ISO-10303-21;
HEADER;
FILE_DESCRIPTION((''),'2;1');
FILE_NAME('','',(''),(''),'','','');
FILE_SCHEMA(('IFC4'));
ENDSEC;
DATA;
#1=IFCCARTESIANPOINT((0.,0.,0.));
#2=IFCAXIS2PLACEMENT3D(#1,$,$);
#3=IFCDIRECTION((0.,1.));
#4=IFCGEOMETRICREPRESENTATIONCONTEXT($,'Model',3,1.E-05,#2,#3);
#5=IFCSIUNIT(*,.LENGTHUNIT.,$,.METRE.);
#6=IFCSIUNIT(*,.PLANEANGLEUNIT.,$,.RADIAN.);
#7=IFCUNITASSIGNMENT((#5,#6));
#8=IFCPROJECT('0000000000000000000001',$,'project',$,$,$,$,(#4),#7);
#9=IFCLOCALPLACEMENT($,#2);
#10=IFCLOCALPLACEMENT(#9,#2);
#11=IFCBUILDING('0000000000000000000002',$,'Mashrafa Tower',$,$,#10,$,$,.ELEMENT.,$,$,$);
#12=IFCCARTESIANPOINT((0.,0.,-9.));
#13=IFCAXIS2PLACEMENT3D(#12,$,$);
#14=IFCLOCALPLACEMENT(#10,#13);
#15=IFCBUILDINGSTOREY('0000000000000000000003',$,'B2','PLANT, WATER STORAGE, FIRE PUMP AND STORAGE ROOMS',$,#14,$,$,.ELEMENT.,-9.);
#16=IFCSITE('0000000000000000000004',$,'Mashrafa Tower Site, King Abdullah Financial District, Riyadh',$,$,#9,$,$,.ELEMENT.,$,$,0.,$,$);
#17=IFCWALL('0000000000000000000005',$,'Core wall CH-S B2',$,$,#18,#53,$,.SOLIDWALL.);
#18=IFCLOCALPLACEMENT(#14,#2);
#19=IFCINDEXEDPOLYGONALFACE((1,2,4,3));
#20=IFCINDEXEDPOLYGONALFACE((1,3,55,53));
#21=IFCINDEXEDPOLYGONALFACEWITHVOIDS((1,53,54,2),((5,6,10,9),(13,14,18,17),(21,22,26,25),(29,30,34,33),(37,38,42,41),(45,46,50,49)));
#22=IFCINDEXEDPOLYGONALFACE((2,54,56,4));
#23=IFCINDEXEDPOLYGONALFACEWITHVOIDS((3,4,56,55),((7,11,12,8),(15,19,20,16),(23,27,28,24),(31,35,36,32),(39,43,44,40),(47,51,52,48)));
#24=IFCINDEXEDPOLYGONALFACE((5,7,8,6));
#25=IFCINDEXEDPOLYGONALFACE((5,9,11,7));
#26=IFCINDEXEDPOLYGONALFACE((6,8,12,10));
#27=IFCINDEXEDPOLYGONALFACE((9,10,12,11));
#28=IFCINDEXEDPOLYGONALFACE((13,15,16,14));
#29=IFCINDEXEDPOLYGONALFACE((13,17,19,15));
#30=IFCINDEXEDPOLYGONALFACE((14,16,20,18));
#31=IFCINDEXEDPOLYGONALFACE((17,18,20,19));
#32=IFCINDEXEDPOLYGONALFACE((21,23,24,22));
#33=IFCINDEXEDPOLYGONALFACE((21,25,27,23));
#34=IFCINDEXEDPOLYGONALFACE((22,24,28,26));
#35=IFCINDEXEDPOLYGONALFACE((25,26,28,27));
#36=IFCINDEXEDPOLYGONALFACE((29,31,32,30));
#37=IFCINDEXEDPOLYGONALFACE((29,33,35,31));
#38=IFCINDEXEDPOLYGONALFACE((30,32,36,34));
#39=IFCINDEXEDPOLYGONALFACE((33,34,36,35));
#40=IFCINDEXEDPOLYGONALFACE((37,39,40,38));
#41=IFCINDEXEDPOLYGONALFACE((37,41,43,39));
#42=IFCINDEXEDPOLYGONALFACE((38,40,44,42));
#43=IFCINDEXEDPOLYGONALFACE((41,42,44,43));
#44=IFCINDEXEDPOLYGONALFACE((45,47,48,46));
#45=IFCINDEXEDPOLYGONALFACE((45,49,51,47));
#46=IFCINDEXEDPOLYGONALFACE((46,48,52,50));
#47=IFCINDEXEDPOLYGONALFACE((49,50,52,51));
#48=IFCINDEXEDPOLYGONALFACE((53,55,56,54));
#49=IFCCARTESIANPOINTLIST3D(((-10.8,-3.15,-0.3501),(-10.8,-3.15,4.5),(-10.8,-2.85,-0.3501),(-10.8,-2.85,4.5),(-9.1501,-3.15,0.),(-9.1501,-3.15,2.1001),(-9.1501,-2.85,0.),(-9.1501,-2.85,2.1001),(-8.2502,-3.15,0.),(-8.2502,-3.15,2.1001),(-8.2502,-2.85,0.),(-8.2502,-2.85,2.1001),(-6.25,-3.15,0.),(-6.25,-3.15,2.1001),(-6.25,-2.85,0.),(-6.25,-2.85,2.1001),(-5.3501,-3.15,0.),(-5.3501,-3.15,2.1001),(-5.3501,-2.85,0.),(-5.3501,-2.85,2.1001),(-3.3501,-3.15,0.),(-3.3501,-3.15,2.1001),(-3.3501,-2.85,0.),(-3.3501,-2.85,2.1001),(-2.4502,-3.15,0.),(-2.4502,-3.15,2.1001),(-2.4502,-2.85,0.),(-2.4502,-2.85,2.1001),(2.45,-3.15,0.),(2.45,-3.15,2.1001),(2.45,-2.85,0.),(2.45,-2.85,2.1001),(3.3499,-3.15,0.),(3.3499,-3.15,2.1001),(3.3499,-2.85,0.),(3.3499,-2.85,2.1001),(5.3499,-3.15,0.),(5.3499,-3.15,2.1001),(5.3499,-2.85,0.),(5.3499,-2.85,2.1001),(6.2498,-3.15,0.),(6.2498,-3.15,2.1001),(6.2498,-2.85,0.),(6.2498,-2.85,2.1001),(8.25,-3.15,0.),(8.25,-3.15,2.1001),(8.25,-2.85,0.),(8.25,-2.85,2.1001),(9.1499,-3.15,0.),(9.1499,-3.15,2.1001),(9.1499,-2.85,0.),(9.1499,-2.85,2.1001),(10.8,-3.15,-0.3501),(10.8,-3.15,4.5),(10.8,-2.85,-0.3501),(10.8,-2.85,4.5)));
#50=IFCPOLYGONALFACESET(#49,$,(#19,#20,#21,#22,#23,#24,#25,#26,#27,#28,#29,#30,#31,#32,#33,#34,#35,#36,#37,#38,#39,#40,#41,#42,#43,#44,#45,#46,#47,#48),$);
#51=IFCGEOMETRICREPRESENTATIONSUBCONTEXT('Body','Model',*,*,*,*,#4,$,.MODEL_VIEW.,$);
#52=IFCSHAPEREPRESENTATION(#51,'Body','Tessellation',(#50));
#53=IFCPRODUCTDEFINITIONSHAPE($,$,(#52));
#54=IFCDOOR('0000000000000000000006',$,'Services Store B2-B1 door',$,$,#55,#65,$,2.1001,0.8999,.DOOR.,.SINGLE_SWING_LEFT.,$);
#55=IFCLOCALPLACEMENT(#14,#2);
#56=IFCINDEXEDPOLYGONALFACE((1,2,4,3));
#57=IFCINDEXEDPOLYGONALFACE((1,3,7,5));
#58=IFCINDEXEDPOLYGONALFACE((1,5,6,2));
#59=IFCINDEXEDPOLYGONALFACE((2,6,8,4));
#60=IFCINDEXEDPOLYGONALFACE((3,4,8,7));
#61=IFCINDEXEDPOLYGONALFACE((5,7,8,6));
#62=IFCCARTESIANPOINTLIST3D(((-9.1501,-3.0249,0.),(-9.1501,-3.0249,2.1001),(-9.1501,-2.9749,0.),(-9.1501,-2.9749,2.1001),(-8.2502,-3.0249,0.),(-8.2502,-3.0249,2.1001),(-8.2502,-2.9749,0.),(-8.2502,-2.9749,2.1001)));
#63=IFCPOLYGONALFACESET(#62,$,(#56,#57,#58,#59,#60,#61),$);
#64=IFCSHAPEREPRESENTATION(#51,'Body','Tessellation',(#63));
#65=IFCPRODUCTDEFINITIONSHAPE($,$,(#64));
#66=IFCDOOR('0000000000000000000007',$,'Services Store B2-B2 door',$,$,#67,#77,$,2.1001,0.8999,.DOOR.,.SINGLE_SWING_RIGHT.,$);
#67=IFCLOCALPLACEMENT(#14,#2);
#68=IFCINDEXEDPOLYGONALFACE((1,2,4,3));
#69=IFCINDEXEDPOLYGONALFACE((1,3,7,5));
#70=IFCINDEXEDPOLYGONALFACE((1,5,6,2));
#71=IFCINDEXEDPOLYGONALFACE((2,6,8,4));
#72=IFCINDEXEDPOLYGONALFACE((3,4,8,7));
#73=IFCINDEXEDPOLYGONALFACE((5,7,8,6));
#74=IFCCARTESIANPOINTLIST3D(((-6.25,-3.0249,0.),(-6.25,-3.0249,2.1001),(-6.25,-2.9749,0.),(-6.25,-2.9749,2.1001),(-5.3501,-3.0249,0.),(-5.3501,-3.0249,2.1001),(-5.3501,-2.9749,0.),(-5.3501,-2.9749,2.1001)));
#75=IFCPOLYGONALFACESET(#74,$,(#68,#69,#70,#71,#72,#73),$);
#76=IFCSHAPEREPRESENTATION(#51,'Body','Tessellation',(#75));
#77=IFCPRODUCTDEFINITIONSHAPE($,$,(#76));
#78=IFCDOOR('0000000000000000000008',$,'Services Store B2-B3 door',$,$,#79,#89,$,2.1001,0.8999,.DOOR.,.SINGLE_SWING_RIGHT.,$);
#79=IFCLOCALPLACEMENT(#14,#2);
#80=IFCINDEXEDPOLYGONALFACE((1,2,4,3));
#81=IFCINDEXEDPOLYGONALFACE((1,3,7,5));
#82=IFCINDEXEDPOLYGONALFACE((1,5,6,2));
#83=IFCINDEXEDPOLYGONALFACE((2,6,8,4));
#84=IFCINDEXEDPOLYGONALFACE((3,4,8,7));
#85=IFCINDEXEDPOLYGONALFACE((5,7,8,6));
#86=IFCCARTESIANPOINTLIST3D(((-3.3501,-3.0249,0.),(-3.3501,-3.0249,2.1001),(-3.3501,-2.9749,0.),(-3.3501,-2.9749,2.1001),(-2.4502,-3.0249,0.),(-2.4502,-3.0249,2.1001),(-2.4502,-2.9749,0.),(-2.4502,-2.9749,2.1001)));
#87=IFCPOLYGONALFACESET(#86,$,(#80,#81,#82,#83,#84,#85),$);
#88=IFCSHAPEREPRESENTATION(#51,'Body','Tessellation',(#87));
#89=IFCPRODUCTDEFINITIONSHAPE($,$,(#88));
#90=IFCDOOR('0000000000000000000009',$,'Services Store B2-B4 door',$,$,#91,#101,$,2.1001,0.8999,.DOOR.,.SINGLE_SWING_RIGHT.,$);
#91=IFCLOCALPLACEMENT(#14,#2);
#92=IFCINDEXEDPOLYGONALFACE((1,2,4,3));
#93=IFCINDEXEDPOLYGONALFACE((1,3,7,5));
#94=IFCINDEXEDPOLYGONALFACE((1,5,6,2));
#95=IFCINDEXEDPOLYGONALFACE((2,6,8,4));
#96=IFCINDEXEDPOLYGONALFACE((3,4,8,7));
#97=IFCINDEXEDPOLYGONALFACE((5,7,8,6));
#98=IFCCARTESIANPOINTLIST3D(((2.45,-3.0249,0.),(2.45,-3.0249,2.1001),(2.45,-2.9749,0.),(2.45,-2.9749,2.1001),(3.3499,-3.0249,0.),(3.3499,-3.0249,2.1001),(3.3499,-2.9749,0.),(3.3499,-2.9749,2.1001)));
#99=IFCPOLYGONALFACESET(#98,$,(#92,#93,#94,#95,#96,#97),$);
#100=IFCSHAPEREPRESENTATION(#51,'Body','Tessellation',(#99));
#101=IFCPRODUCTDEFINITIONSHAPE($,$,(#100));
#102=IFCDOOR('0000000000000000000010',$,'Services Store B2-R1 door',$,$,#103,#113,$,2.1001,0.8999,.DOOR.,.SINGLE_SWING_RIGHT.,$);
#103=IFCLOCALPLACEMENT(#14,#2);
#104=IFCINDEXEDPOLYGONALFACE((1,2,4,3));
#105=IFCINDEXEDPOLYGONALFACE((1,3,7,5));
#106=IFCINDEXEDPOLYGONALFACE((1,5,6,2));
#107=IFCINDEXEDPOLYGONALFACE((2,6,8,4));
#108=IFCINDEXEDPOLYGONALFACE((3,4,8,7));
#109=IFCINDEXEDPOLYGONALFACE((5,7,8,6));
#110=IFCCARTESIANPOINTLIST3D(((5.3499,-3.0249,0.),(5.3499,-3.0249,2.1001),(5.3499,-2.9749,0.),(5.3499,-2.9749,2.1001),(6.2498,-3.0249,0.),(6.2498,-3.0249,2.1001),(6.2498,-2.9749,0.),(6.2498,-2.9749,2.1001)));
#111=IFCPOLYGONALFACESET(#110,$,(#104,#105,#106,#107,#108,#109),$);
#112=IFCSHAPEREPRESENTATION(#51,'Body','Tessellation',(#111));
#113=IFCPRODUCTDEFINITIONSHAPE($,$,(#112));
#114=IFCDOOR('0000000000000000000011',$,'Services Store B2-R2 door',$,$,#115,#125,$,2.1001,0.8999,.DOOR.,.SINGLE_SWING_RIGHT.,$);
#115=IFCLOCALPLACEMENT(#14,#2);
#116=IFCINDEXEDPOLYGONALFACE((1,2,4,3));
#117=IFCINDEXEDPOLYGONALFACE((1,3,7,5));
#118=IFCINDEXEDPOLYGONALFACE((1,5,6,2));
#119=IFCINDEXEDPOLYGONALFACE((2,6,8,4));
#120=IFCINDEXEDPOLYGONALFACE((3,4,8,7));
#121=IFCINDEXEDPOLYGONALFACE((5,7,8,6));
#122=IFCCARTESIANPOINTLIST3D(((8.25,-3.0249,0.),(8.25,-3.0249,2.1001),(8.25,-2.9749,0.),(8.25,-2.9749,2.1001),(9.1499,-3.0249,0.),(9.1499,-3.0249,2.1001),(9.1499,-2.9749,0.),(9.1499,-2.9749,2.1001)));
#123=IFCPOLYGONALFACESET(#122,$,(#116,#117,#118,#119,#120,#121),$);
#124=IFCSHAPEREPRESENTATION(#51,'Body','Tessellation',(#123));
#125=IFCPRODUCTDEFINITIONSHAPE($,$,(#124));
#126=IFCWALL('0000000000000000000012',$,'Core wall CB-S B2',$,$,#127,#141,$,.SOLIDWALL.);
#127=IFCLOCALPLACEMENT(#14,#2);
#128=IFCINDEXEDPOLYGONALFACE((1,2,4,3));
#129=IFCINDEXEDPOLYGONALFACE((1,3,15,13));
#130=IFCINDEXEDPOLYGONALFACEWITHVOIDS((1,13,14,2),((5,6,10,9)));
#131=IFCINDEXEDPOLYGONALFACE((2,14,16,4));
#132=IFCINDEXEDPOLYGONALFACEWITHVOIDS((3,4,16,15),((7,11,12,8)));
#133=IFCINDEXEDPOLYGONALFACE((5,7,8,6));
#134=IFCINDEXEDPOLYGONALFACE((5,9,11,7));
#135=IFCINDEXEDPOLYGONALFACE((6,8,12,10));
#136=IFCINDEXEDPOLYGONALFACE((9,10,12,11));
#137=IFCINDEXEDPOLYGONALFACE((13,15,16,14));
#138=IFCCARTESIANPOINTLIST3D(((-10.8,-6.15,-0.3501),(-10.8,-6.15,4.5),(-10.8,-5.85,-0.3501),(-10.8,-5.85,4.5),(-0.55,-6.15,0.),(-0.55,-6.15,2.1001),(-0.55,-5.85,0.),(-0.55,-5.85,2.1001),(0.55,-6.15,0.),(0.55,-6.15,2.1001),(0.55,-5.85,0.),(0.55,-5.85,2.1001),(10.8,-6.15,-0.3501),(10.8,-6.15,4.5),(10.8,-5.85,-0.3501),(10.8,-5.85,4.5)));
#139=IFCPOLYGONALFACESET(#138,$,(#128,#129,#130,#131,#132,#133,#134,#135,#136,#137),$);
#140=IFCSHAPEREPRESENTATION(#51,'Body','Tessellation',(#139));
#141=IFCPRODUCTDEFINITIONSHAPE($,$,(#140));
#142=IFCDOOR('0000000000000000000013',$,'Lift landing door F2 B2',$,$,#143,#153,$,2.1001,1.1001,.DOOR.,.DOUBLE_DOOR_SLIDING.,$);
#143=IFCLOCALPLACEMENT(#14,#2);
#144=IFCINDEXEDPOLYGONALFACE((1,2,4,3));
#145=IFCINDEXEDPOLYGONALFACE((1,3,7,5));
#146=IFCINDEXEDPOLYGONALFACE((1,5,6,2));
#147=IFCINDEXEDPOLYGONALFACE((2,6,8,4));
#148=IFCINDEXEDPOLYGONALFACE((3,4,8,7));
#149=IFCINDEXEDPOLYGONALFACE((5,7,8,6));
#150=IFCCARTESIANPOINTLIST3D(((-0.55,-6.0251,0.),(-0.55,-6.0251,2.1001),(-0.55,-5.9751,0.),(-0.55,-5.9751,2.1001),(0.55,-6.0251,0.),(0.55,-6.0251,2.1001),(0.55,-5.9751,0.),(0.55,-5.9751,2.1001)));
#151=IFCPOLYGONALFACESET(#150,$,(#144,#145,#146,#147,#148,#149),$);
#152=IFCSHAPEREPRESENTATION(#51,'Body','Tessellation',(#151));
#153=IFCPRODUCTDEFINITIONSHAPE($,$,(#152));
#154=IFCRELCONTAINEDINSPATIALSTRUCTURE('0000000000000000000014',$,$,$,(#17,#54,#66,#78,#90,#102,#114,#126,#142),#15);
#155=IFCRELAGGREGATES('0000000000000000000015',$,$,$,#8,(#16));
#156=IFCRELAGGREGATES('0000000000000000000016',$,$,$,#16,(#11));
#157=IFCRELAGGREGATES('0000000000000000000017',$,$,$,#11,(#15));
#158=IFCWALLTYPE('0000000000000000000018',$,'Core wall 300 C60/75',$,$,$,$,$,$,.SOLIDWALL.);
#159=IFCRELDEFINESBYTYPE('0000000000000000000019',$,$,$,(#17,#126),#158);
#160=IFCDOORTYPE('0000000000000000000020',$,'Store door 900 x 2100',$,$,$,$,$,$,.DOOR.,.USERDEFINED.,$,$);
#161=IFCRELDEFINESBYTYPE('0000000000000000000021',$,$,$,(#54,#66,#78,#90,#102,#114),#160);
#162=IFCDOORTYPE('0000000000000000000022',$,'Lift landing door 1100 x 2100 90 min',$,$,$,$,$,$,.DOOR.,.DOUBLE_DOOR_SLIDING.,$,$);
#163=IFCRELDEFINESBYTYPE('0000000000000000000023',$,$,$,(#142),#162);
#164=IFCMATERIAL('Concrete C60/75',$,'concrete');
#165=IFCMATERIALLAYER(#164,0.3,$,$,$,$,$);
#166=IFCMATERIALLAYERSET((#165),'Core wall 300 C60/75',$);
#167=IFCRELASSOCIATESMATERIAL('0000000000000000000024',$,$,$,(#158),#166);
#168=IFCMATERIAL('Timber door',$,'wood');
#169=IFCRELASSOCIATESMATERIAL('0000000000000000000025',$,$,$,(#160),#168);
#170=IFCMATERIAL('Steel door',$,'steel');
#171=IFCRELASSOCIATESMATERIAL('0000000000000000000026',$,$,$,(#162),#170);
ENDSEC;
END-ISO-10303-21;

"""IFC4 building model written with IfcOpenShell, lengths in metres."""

from ifc_helpers import new_model, si_unit, direction, frame, frame_2d, origin, place, context, subcontext, project, spatial, rectangle, extrude, material, layer, layer_set, type_object, element, fill, save


model = new_model("IFC4")

# Units and contexts
model_context = context("Model", 3, precision=1e-05, world=origin(), true_north=direction((0.0, 1.0)))
body_context = subcontext(model_context, "Body", "Model", "MODEL_VIEW")
ifc_project = project(units=[si_unit("LENGTHUNIT", "METRE"), si_unit("PLANEANGLEUNIT", "RADIAN")], contexts=[model_context])

# Site, building, storey
site_placement = place(None, origin())
site = spatial("IfcSite", under=ifc_project, at=site_placement, Name="Mashrafa Tower Site, King Abdullah Financial District, Riyadh", CompositionType="ELEMENT", RefElevation=0.0)
building_placement = place(site_placement, origin())
building = spatial("IfcBuilding", under=site, at=building_placement, Name="Mashrafa Tower", CompositionType="ELEMENT")
storey_placement = place(building_placement, frame((0.0, 0.0, -9.0)))
storey = spatial("IfcBuildingStorey", under=building, at=storey_placement, Name="B2", Description="PLANT, WATER STORAGE, FIRE PUMP AND STORAGE ROOMS", CompositionType="ELEMENT", Elevation=-9.0)

# Wall, openings, doors
ifc_material_1 = material(Name="Concrete C60/75", Category="concrete")
ifc_layer_1 = layer(ifc_material_1, 0.3)
ifc_layer_set_1 = layer_set([ifc_layer_1], Name="Core wall 300 C60/75")
wall_type_1 = type_object("IfcWallType", Name="Core wall 300 C60/75", PredefinedType="SOLIDWALL", material=ifc_layer_set_1)
wall_1_placement = place(storey_placement, frame((-10.8, -3.0, -0.3501), z_axis=(0.0, 0.0, 1.0), x_axis=(1.0, 0.0, 0.0)))
wall_1 = element("IfcWall", 1, at=wall_1_placement, inside=storey, type_object=wall_type_1, Name="Core wall CH-S B2", PredefinedType="SOLIDWALL", context=body_context, shape_type="SweptSolid", body=[
    extrude(rectangle(XDim=21.6001, YDim=0.3, at=frame_2d((10.8, 0.0))), origin(), (0.0, 0.0, 1.0), 4.8501),
])
opening_1_placement = place(wall_1_placement, frame((1.6499, 0.0, 0.3501)))
opening_1 = element("IfcOpeningElement", 2, at=opening_1_placement, cuts=wall_1, PredefinedType="OPENING", context=body_context, shape_type="SweptSolid", body=[
    extrude(rectangle(XDim=0.8999, YDim=2.1001, at=frame_2d((0.45, 1.05))), frame((0.0, 0.1599, 0.0), z_axis=(0.0, -1.0, 0.0), x_axis=(1.0, 0.0, 0.0)), (0.0, 0.0, 1.0), 0.3201),
])
opening_2_placement = place(wall_1_placement, frame((4.55, 0.0, 0.3501)))
opening_2 = element("IfcOpeningElement", 3, at=opening_2_placement, cuts=wall_1, PredefinedType="OPENING", context=body_context, shape_type="SweptSolid", body=[
    extrude(rectangle(XDim=0.8999, YDim=2.1001, at=frame_2d((0.45, 1.05))), frame((0.0, 0.1599, 0.0), z_axis=(0.0, -1.0, 0.0), x_axis=(1.0, 0.0, 0.0)), (0.0, 0.0, 1.0), 0.3201),
])
opening_3_placement = place(wall_1_placement, frame((7.45, 0.0, 0.3501)))
opening_3 = element("IfcOpeningElement", 4, at=opening_3_placement, cuts=wall_1, PredefinedType="OPENING", context=body_context, shape_type="SweptSolid", body=[
    extrude(rectangle(XDim=0.8999, YDim=2.1001, at=frame_2d((0.45, 1.05))), frame((0.0, 0.1599, 0.0), z_axis=(0.0, -1.0, 0.0), x_axis=(1.0, 0.0, 0.0)), (0.0, 0.0, 1.0), 0.3201),
])
opening_4_placement = place(wall_1_placement, frame((13.25, 0.0, 0.3501)))
opening_4 = element("IfcOpeningElement", 5, at=opening_4_placement, cuts=wall_1, PredefinedType="OPENING", context=body_context, shape_type="SweptSolid", body=[
    extrude(rectangle(XDim=0.8999, YDim=2.1001, at=frame_2d((0.45, 1.05))), frame((0.0, 0.1599, 0.0), z_axis=(0.0, -1.0, 0.0), x_axis=(1.0, 0.0, 0.0)), (0.0, 0.0, 1.0), 0.3201),
])
opening_5_placement = place(wall_1_placement, frame((16.1499, 0.0, 0.3501)))
opening_5 = element("IfcOpeningElement", 6, at=opening_5_placement, cuts=wall_1, PredefinedType="OPENING", context=body_context, shape_type="SweptSolid", body=[
    extrude(rectangle(XDim=0.8999, YDim=2.1001, at=frame_2d((0.45, 1.05))), frame((0.0, 0.1599, 0.0), z_axis=(0.0, -1.0, 0.0), x_axis=(1.0, 0.0, 0.0)), (0.0, 0.0, 1.0), 0.3201),
])
opening_6_placement = place(wall_1_placement, frame((19.05, 0.0, 0.3501)))
opening_6 = element("IfcOpeningElement", 7, at=opening_6_placement, cuts=wall_1, PredefinedType="OPENING", context=body_context, shape_type="SweptSolid", body=[
    extrude(rectangle(XDim=0.8999, YDim=2.1001, at=frame_2d((0.45, 1.05))), frame((0.0, 0.1599, 0.0), z_axis=(0.0, -1.0, 0.0), x_axis=(1.0, 0.0, 0.0)), (0.0, 0.0, 1.0), 0.3201),
])
ifc_material_2 = material(Name="Timber door", Category="wood")
door_type_1 = type_object("IfcDoorType", Name="Store door 900 x 2100", OperationType="USERDEFINED", PredefinedType="DOOR", material=ifc_material_2)
door_1_placement = place(opening_1_placement, frame((0.8999, 0.0, 0.0), z_axis=(0.0, 0.0, 1.0), x_axis=(-1.0, 0.0, 0.0)))
door_1 = element("IfcDoor", 8, at=door_1_placement, inside=storey, type_object=door_type_1, Name="Services Store B2-B1 door", OperationType="SINGLE_SWING_LEFT", OverallHeight=2.1001, OverallWidth=0.8999, PredefinedType="DOOR", context=body_context, shape_type="SweptSolid", body=[
    extrude(rectangle(XDim=0.8999, YDim=2.1001, at=frame_2d((0.45, 1.05))), frame((0.0, 0.0249, 0.0), z_axis=(0.0, -1.0, 0.0), x_axis=(1.0, 0.0, 0.0)), (0.0, 0.0, 1.0), 0.05),
])
fill(opening_1, door_1)
door_2_placement = place(opening_2_placement, frame((0.8999, 0.0, 0.0), z_axis=(0.0, 0.0, 1.0), x_axis=(-1.0, 0.0, 0.0)))
door_2 = element("IfcDoor", 9, at=door_2_placement, inside=storey, type_object=door_type_1, Name="Services Store B2-B2 door", OperationType="SINGLE_SWING_RIGHT", OverallHeight=2.1001, OverallWidth=0.8999, PredefinedType="DOOR", context=body_context, shape_type="SweptSolid", body=[
    extrude(rectangle(XDim=0.8999, YDim=2.1001, at=frame_2d((0.45, 1.05))), frame((0.0, 0.0249, 0.0), z_axis=(0.0, -1.0, 0.0), x_axis=(1.0, 0.0, 0.0)), (0.0, 0.0, 1.0), 0.05),
])
fill(opening_2, door_2)
door_3_placement = place(opening_3_placement, frame((0.8999, 0.0, 0.0), z_axis=(0.0, 0.0, 1.0), x_axis=(-1.0, 0.0, 0.0)))
door_3 = element("IfcDoor", 10, at=door_3_placement, inside=storey, type_object=door_type_1, Name="Services Store B2-B3 door", OperationType="SINGLE_SWING_RIGHT", OverallHeight=2.1001, OverallWidth=0.8999, PredefinedType="DOOR", context=body_context, shape_type="SweptSolid", body=[
    extrude(rectangle(XDim=0.8999, YDim=2.1001, at=frame_2d((0.45, 1.05))), frame((0.0, 0.0249, 0.0), z_axis=(0.0, -1.0, 0.0), x_axis=(1.0, 0.0, 0.0)), (0.0, 0.0, 1.0), 0.05),
])
fill(opening_3, door_3)
door_4_placement = place(opening_4_placement, frame((0.8999, 0.0, 0.0), z_axis=(0.0, 0.0, 1.0), x_axis=(-1.0, 0.0, 0.0)))
door_4 = element("IfcDoor", 11, at=door_4_placement, inside=storey, type_object=door_type_1, Name="Services Store B2-B4 door", OperationType="SINGLE_SWING_RIGHT", OverallHeight=2.1001, OverallWidth=0.8999, PredefinedType="DOOR", context=body_context, shape_type="SweptSolid", body=[
    extrude(rectangle(XDim=0.8999, YDim=2.1001, at=frame_2d((0.45, 1.05))), frame((0.0, 0.0249, 0.0), z_axis=(0.0, -1.0, 0.0), x_axis=(1.0, 0.0, 0.0)), (0.0, 0.0, 1.0), 0.05),
])
fill(opening_4, door_4)
door_5_placement = place(opening_5_placement, frame((0.8999, 0.0, 0.0), z_axis=(0.0, 0.0, 1.0), x_axis=(-1.0, 0.0, 0.0)))
door_5 = element("IfcDoor", 12, at=door_5_placement, inside=storey, type_object=door_type_1, Name="Services Store B2-R1 door", OperationType="SINGLE_SWING_RIGHT", OverallHeight=2.1001, OverallWidth=0.8999, PredefinedType="DOOR", context=body_context, shape_type="SweptSolid", body=[
    extrude(rectangle(XDim=0.8999, YDim=2.1001, at=frame_2d((0.45, 1.05))), frame((0.0, 0.0249, 0.0), z_axis=(0.0, -1.0, 0.0), x_axis=(1.0, 0.0, 0.0)), (0.0, 0.0, 1.0), 0.05),
])
fill(opening_5, door_5)
door_6_placement = place(opening_6_placement, frame((0.8999, 0.0, 0.0), z_axis=(0.0, 0.0, 1.0), x_axis=(-1.0, 0.0, 0.0)))
door_6 = element("IfcDoor", 13, at=door_6_placement, inside=storey, type_object=door_type_1, Name="Services Store B2-R2 door", OperationType="SINGLE_SWING_RIGHT", OverallHeight=2.1001, OverallWidth=0.8999, PredefinedType="DOOR", context=body_context, shape_type="SweptSolid", body=[
    extrude(rectangle(XDim=0.8999, YDim=2.1001, at=frame_2d((0.45, 1.05))), frame((0.0, 0.0249, 0.0), z_axis=(0.0, -1.0, 0.0), x_axis=(1.0, 0.0, 0.0)), (0.0, 0.0, 1.0), 0.05),
])
fill(opening_6, door_6)

# Wall, opening, door
wall_2_placement = place(storey_placement, frame((-10.8, -6.0, -0.3501), z_axis=(0.0, 0.0, 1.0), x_axis=(1.0, 0.0, 0.0)))
wall_2 = element("IfcWall", 14, at=wall_2_placement, inside=storey, type_object=wall_type_1, Name="Core wall CB-S B2", PredefinedType="SOLIDWALL", context=body_context, shape_type="SweptSolid", body=[
    extrude(rectangle(XDim=21.6001, YDim=0.3, at=frame_2d((10.8, 0.0))), origin(), (0.0, 0.0, 1.0), 4.8501),
])
opening_7_placement = place(wall_2_placement, frame((10.25, 0.0, 0.3501)))
opening_7 = element("IfcOpeningElement", 15, at=opening_7_placement, cuts=wall_2, PredefinedType="OPENING", context=body_context, shape_type="SweptSolid", body=[
    extrude(rectangle(XDim=1.1001, YDim=2.1001, at=frame_2d((0.55, 1.05))), frame((0.0, 0.1599, 0.0), z_axis=(0.0, -1.0, 0.0), x_axis=(1.0, 0.0, 0.0)), (0.0, 0.0, 1.0), 0.3201),
])
ifc_material_3 = material(Name="Steel door", Category="steel")
door_type_2 = type_object("IfcDoorType", Name="Lift landing door 1100 x 2100 90 min", OperationType="DOUBLE_DOOR_SLIDING", PredefinedType="DOOR", material=ifc_material_3)
door_7_placement = place(opening_7_placement, origin())
door_7 = element("IfcDoor", 16, at=door_7_placement, inside=storey, type_object=door_type_2, Name="Lift landing door F2 B2", OperationType="DOUBLE_DOOR_SLIDING", OverallHeight=2.1001, OverallWidth=1.1001, PredefinedType="DOOR", context=body_context, shape_type="SweptSolid", body=[
    extrude(rectangle(XDim=1.1001, YDim=2.1001, at=frame_2d((0.55, 1.05))), frame((0.0, 0.0249, 0.0), z_axis=(0.0, -1.0, 0.0), x_axis=(1.0, 0.0, 0.0)), (0.0, 0.0, 1.0), 0.05),
])
fill(opening_7, door_7)

save(model, "model.ifc")
